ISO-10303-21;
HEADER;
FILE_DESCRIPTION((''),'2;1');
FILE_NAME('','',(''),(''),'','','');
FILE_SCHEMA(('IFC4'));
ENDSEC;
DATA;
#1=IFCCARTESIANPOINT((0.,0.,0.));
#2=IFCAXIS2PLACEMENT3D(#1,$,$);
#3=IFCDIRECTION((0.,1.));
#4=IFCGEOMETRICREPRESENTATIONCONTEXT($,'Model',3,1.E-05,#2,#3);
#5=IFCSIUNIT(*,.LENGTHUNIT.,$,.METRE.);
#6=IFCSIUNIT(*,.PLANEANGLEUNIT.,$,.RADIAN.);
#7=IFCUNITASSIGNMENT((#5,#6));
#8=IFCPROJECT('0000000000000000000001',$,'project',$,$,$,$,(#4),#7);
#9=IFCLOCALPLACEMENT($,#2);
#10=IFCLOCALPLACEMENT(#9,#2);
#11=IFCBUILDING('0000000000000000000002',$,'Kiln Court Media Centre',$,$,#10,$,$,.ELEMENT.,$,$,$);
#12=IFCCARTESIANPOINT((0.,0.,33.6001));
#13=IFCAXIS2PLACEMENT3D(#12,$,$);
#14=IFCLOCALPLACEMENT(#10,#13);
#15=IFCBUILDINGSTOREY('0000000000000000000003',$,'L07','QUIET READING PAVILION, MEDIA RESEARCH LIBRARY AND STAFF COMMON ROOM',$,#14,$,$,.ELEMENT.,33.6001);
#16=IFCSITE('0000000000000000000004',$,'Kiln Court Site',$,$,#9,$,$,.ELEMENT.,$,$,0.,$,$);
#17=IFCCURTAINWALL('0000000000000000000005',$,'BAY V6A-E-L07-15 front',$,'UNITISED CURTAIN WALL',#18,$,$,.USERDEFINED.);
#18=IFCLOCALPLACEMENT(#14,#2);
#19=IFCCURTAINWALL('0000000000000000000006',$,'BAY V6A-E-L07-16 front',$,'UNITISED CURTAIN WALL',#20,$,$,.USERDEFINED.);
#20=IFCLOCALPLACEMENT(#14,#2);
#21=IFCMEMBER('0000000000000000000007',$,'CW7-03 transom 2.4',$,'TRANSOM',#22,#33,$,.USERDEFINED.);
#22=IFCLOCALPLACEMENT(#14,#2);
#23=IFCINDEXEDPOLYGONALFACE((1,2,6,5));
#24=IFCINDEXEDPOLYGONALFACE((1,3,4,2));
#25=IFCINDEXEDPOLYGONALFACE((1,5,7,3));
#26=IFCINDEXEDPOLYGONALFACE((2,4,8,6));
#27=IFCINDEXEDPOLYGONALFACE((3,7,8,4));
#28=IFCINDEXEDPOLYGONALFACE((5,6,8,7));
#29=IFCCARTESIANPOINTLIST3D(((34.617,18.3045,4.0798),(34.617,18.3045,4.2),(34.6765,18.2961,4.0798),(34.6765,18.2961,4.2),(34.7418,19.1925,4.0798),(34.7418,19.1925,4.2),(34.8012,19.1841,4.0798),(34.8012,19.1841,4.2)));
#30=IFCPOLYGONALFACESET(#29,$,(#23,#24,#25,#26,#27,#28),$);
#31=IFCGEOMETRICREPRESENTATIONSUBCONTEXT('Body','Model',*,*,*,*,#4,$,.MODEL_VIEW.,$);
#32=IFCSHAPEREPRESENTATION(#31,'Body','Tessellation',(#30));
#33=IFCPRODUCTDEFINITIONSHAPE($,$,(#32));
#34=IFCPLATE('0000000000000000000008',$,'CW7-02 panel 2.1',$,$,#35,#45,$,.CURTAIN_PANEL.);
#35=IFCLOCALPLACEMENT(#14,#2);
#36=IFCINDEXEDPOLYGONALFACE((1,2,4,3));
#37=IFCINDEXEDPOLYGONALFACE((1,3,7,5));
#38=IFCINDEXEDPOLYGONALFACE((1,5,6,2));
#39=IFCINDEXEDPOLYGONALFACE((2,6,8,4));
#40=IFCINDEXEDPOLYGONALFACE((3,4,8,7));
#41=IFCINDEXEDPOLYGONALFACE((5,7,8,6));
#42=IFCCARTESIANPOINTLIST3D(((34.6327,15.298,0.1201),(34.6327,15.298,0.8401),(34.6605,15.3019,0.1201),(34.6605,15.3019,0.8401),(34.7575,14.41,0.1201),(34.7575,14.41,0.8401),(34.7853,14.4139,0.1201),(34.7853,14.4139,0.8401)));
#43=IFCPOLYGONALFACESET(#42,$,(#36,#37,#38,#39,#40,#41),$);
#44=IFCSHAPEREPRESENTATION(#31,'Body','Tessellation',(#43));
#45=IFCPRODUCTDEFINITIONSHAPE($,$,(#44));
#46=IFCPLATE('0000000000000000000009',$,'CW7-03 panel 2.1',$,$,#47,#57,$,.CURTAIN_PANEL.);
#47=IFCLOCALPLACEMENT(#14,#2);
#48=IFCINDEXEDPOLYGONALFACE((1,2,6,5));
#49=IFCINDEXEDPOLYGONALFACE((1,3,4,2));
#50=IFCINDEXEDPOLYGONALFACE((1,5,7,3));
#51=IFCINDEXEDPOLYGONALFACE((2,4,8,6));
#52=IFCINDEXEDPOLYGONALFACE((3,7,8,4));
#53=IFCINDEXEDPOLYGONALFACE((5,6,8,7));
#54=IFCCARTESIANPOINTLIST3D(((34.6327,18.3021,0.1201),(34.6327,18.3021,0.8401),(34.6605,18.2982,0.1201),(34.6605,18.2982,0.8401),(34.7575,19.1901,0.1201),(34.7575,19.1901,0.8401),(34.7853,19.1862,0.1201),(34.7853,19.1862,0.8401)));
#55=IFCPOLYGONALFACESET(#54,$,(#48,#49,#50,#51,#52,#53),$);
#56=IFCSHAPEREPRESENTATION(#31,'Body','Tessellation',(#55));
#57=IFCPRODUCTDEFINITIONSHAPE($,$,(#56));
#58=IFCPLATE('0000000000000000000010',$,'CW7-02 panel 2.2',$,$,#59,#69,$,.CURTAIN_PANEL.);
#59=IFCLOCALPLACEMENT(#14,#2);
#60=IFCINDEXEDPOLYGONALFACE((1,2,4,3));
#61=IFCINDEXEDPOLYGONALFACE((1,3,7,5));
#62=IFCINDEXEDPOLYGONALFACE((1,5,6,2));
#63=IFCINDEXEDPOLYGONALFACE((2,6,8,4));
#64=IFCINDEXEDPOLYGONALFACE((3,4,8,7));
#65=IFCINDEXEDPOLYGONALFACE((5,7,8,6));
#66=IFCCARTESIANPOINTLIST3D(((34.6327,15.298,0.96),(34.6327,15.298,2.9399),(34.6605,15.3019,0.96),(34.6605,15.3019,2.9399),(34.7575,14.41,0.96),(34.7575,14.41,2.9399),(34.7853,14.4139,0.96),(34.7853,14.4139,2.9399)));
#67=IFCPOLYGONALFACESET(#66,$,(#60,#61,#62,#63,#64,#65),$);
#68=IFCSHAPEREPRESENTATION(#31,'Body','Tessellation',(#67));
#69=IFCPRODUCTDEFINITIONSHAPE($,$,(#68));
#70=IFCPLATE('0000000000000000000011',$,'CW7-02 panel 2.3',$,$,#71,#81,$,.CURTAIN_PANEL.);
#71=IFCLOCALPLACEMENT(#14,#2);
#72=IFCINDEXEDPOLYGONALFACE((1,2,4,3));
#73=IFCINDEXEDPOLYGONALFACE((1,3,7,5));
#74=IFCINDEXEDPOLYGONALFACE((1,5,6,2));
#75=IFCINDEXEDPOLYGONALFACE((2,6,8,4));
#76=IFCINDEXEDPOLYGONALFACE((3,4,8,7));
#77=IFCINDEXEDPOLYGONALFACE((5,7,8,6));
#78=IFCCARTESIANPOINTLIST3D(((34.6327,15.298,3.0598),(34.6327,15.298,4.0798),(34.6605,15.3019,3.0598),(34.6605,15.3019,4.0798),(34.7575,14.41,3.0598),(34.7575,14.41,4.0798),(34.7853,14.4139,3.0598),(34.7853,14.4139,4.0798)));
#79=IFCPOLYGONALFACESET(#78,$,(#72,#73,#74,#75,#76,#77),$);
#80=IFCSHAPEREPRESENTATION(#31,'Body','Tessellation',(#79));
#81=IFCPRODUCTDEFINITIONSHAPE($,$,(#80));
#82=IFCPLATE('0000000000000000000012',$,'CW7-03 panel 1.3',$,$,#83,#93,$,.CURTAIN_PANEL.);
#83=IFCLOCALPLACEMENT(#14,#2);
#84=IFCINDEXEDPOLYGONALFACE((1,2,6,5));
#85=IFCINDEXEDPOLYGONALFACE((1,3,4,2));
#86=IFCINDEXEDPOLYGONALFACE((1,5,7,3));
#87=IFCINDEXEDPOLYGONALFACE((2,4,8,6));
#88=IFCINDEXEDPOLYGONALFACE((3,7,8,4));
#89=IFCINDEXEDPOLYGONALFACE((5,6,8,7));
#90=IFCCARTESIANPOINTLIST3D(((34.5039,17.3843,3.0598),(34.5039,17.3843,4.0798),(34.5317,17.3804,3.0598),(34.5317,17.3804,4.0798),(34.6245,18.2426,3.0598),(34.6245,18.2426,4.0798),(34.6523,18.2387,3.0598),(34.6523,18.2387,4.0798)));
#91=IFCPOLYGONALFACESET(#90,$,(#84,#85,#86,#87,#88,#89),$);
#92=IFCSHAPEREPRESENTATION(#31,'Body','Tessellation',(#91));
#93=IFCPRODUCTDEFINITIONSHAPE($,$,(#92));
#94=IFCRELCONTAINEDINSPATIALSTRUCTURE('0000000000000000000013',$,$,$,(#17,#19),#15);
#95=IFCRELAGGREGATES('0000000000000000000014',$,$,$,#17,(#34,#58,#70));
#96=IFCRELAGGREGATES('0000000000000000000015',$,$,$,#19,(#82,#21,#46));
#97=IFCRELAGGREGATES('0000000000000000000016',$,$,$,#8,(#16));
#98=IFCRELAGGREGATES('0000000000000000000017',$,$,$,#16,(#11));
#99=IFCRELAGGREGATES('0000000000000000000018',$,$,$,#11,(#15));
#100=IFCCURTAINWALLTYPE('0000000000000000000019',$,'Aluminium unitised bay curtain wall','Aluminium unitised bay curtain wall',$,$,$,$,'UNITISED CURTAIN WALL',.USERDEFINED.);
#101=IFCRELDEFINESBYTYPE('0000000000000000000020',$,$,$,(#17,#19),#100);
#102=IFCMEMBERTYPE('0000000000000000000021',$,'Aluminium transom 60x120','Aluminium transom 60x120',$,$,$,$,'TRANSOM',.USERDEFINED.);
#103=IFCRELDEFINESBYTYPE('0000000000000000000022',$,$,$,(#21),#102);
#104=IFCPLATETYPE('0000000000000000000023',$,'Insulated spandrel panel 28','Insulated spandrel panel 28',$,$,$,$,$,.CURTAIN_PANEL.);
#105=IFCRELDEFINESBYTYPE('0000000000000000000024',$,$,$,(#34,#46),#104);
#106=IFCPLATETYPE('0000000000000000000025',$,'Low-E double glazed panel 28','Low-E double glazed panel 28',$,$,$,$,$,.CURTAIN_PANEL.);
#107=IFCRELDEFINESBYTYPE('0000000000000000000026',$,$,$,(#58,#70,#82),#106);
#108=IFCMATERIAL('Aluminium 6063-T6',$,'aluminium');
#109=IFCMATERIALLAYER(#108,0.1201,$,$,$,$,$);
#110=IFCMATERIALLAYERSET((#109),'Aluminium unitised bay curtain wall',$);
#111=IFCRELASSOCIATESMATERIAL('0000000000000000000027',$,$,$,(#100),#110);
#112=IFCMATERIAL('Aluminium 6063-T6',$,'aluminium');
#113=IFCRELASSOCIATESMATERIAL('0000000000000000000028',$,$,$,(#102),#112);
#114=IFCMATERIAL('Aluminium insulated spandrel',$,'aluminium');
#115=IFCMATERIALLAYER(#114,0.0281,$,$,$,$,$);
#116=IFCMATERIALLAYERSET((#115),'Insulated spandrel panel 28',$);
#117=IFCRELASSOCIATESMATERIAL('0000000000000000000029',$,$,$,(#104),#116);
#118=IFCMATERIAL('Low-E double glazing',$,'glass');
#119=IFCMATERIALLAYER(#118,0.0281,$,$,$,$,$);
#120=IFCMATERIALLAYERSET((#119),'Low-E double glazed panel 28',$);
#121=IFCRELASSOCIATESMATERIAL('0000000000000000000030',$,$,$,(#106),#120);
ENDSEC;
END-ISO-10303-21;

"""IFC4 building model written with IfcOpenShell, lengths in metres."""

from ifc_helpers import new_model, si_unit, direction, frame, origin, origin_2d, place, context, subcontext, project, spatial, rectangle, extrude, material, layer, layer_set, material_profile, profile_set, type_object, element, aggregate, save


model = new_model("IFC4")

# Units and contexts
model_context = context("Model", 3, precision=1e-05, world=origin(), true_north=direction((0.0, 1.0)))
body_context = subcontext(model_context, "Body", "Model", "MODEL_VIEW")
ifc_project = project(units=[si_unit("LENGTHUNIT", "METRE"), si_unit("PLANEANGLEUNIT", "RADIAN")], contexts=[model_context])

# Site, building, storey
site_placement = place(None, origin())
site = spatial("IfcSite", under=ifc_project, at=site_placement, Name="Kiln Court Site", CompositionType="ELEMENT", RefElevation=0.0)
building_placement = place(site_placement, origin())
building = spatial("IfcBuilding", under=site, at=building_placement, Name="Kiln Court Media Centre", CompositionType="ELEMENT")
storey_placement = place(building_placement, frame((0.0, 0.0, 33.6001)))
storey = spatial("IfcBuildingStorey", under=building, at=storey_placement, Name="L07", Description="QUIET READING PAVILION, MEDIA RESEARCH LIBRARY AND STAFF COMMON ROOM", CompositionType="ELEMENT", Elevation=33.6001)

# Curtain wall
ifc_material_1 = material(Name="Aluminium 6063-T6", Category="aluminium")
ifc_layer_1 = layer(ifc_material_1, 0.1201)
ifc_layer_set_1 = layer_set([ifc_layer_1], Name="Aluminium unitised bay curtain wall")
curtain_wall_type = type_object("IfcCurtainWallType", Name="Aluminium unitised bay curtain wall", Description="Aluminium unitised bay curtain wall", ElementType="UNITISED CURTAIN WALL", PredefinedType="USERDEFINED", material=ifc_layer_set_1)
curtain_wall_1_placement = place(storey_placement, origin())
curtain_wall_1 = element("IfcCurtainWall", 1, at=curtain_wall_1_placement, inside=storey, type_object=curtain_wall_type, Name="BAY V6A-E-L07-15 front", ObjectType="UNITISED CURTAIN WALL", PredefinedType="USERDEFINED")

# Curtain wall
curtain_wall_2_placement = place(storey_placement, origin())
curtain_wall_2 = element("IfcCurtainWall", 2, at=curtain_wall_2_placement, inside=storey, type_object=curtain_wall_type, Name="BAY V6A-E-L07-16 front", ObjectType="UNITISED CURTAIN WALL", PredefinedType="USERDEFINED")

# Member
ifc_material_2 = material(Name="Aluminium 6063-T6", Category="aluminium")
ifc_material_profile_1 = material_profile(ifc_material_2, rectangle(XDim=0.0601, YDim=0.1201, at=origin_2d()), Name="Aluminium transom 60x120")
ifc_profile_set_1 = profile_set([ifc_material_profile_1], Name="Aluminium 6063-T6")
member_type_1 = type_object("IfcMemberType", Name="Aluminium transom 60x120", Description="Aluminium transom 60x120", ElementType="TRANSOM", PredefinedType="USERDEFINED", material=ifc_profile_set_1)
member_1_placement = place(storey_placement, frame((34.6467, 18.3003, 4.1399), z_axis=(0.139134, 0.990274, 0.0), x_axis=(-0.990274, 0.139134, 0.0)))
member_1 = element("IfcMember", 3, at=member_1_placement, type_object=member_type_1, Name="CW7-03 transom 2.4", ObjectType="TRANSOM", PredefinedType="USERDEFINED", context=body_context, shape_type="SweptSolid", body=[
    extrude(rectangle(XDim=0.0601, YDim=0.1201, at=origin_2d()), origin(), (0.0, 0.0, 1.0), 0.8967),
])

# Plates
ifc_material_3 = material(Name="Aluminium insulated spandrel", Category="aluminium")
ifc_layer_2 = layer(ifc_material_3, 0.0281)
ifc_layer_set_2 = layer_set([ifc_layer_2], Name="Insulated spandrel panel 28")
plate_type_1 = type_object("IfcPlateType", Name="Insulated spandrel panel 28", Description="Insulated spandrel panel 28", PredefinedType="CURTAIN_PANEL", material=ifc_layer_set_2)
plate_1_placement = place(storey_placement, frame((34.709, 14.856, 0.1201), z_axis=(0.0, 0.0, 1.0), x_axis=(-0.139162, 0.99027, 0.0)))
plate_1 = element("IfcPlate", 4, at=plate_1_placement, type_object=plate_type_1, Name="CW7-02 panel 2.1", PredefinedType="CURTAIN_PANEL", context=body_context, shape_type="SweptSolid", body=[
    extrude(rectangle(XDim=0.8967, YDim=0.0281, at=origin_2d()), origin(), (0.0, 0.0, 1.0), 0.72),
])
plate_2_placement = place(storey_placement, frame((34.709, 18.7441, 0.1201), z_axis=(0.0, 0.0, 1.0), x_axis=(0.139162, 0.99027, 0.0)))
plate_2 = element("IfcPlate", 5, at=plate_2_placement, type_object=plate_type_1, Name="CW7-03 panel 2.1", PredefinedType="CURTAIN_PANEL", context=body_context, shape_type="SweptSolid", body=[
    extrude(rectangle(XDim=0.8967, YDim=0.0281, at=origin_2d()), origin(), (0.0, 0.0, 1.0), 0.72),
])
ifc_material_4 = material(Name="Low-E double glazing", Category="glass")
ifc_layer_3 = layer(ifc_material_4, 0.0281)
ifc_layer_set_3 = layer_set([ifc_layer_3], Name="Low-E double glazed panel 28")
plate_type_2 = type_object("IfcPlateType", Name="Low-E double glazed panel 28", Description="Low-E double glazed panel 28", PredefinedType="CURTAIN_PANEL", material=ifc_layer_set_3)
plate_3_placement = place(storey_placement, frame((34.709, 14.856, 0.96), z_axis=(0.0, 0.0, 1.0), x_axis=(-0.139162, 0.99027, 0.0)))
plate_3 = element("IfcPlate", 6, at=plate_3_placement, type_object=plate_type_2, Name="CW7-02 panel 2.2", PredefinedType="CURTAIN_PANEL", context=body_context, shape_type="SweptSolid", body=[
    extrude(rectangle(XDim=0.8967, YDim=0.0281, at=origin_2d()), origin(), (0.0, 0.0, 1.0), 1.98),
])
plate_4_placement = place(storey_placement, frame((34.709, 14.856, 3.0598), z_axis=(0.0, 0.0, 1.0), x_axis=(-0.139162, 0.99027, 0.0)))
plate_4 = element("IfcPlate", 7, at=plate_4_placement, type_object=plate_type_2, Name="CW7-02 panel 2.3", PredefinedType="CURTAIN_PANEL", context=body_context, shape_type="SweptSolid", body=[
    extrude(rectangle(XDim=0.8967, YDim=0.0281, at=origin_2d()), origin(), (0.0, 0.0, 1.0), 1.02),
])
aggregate(curtain_wall_1, [plate_1, plate_3, plate_4])
plate_5_placement = place(storey_placement, frame((34.5781, 17.8115, 3.0598), z_axis=(0.0, 0.0, 1.0), x_axis=(0.139162, 0.99027, 0.0)))
plate_5 = element("IfcPlate", 8, at=plate_5_placement, type_object=plate_type_2, Name="CW7-03 panel 1.3", PredefinedType="CURTAIN_PANEL", context=body_context, shape_type="SweptSolid", body=[
    extrude(rectangle(XDim=0.8667, YDim=0.0281, at=origin_2d()), origin(), (0.0, 0.0, 1.0), 1.02),
])
aggregate(curtain_wall_2, [plate_5, member_1, plate_2])

save(model, "model.ifc")
